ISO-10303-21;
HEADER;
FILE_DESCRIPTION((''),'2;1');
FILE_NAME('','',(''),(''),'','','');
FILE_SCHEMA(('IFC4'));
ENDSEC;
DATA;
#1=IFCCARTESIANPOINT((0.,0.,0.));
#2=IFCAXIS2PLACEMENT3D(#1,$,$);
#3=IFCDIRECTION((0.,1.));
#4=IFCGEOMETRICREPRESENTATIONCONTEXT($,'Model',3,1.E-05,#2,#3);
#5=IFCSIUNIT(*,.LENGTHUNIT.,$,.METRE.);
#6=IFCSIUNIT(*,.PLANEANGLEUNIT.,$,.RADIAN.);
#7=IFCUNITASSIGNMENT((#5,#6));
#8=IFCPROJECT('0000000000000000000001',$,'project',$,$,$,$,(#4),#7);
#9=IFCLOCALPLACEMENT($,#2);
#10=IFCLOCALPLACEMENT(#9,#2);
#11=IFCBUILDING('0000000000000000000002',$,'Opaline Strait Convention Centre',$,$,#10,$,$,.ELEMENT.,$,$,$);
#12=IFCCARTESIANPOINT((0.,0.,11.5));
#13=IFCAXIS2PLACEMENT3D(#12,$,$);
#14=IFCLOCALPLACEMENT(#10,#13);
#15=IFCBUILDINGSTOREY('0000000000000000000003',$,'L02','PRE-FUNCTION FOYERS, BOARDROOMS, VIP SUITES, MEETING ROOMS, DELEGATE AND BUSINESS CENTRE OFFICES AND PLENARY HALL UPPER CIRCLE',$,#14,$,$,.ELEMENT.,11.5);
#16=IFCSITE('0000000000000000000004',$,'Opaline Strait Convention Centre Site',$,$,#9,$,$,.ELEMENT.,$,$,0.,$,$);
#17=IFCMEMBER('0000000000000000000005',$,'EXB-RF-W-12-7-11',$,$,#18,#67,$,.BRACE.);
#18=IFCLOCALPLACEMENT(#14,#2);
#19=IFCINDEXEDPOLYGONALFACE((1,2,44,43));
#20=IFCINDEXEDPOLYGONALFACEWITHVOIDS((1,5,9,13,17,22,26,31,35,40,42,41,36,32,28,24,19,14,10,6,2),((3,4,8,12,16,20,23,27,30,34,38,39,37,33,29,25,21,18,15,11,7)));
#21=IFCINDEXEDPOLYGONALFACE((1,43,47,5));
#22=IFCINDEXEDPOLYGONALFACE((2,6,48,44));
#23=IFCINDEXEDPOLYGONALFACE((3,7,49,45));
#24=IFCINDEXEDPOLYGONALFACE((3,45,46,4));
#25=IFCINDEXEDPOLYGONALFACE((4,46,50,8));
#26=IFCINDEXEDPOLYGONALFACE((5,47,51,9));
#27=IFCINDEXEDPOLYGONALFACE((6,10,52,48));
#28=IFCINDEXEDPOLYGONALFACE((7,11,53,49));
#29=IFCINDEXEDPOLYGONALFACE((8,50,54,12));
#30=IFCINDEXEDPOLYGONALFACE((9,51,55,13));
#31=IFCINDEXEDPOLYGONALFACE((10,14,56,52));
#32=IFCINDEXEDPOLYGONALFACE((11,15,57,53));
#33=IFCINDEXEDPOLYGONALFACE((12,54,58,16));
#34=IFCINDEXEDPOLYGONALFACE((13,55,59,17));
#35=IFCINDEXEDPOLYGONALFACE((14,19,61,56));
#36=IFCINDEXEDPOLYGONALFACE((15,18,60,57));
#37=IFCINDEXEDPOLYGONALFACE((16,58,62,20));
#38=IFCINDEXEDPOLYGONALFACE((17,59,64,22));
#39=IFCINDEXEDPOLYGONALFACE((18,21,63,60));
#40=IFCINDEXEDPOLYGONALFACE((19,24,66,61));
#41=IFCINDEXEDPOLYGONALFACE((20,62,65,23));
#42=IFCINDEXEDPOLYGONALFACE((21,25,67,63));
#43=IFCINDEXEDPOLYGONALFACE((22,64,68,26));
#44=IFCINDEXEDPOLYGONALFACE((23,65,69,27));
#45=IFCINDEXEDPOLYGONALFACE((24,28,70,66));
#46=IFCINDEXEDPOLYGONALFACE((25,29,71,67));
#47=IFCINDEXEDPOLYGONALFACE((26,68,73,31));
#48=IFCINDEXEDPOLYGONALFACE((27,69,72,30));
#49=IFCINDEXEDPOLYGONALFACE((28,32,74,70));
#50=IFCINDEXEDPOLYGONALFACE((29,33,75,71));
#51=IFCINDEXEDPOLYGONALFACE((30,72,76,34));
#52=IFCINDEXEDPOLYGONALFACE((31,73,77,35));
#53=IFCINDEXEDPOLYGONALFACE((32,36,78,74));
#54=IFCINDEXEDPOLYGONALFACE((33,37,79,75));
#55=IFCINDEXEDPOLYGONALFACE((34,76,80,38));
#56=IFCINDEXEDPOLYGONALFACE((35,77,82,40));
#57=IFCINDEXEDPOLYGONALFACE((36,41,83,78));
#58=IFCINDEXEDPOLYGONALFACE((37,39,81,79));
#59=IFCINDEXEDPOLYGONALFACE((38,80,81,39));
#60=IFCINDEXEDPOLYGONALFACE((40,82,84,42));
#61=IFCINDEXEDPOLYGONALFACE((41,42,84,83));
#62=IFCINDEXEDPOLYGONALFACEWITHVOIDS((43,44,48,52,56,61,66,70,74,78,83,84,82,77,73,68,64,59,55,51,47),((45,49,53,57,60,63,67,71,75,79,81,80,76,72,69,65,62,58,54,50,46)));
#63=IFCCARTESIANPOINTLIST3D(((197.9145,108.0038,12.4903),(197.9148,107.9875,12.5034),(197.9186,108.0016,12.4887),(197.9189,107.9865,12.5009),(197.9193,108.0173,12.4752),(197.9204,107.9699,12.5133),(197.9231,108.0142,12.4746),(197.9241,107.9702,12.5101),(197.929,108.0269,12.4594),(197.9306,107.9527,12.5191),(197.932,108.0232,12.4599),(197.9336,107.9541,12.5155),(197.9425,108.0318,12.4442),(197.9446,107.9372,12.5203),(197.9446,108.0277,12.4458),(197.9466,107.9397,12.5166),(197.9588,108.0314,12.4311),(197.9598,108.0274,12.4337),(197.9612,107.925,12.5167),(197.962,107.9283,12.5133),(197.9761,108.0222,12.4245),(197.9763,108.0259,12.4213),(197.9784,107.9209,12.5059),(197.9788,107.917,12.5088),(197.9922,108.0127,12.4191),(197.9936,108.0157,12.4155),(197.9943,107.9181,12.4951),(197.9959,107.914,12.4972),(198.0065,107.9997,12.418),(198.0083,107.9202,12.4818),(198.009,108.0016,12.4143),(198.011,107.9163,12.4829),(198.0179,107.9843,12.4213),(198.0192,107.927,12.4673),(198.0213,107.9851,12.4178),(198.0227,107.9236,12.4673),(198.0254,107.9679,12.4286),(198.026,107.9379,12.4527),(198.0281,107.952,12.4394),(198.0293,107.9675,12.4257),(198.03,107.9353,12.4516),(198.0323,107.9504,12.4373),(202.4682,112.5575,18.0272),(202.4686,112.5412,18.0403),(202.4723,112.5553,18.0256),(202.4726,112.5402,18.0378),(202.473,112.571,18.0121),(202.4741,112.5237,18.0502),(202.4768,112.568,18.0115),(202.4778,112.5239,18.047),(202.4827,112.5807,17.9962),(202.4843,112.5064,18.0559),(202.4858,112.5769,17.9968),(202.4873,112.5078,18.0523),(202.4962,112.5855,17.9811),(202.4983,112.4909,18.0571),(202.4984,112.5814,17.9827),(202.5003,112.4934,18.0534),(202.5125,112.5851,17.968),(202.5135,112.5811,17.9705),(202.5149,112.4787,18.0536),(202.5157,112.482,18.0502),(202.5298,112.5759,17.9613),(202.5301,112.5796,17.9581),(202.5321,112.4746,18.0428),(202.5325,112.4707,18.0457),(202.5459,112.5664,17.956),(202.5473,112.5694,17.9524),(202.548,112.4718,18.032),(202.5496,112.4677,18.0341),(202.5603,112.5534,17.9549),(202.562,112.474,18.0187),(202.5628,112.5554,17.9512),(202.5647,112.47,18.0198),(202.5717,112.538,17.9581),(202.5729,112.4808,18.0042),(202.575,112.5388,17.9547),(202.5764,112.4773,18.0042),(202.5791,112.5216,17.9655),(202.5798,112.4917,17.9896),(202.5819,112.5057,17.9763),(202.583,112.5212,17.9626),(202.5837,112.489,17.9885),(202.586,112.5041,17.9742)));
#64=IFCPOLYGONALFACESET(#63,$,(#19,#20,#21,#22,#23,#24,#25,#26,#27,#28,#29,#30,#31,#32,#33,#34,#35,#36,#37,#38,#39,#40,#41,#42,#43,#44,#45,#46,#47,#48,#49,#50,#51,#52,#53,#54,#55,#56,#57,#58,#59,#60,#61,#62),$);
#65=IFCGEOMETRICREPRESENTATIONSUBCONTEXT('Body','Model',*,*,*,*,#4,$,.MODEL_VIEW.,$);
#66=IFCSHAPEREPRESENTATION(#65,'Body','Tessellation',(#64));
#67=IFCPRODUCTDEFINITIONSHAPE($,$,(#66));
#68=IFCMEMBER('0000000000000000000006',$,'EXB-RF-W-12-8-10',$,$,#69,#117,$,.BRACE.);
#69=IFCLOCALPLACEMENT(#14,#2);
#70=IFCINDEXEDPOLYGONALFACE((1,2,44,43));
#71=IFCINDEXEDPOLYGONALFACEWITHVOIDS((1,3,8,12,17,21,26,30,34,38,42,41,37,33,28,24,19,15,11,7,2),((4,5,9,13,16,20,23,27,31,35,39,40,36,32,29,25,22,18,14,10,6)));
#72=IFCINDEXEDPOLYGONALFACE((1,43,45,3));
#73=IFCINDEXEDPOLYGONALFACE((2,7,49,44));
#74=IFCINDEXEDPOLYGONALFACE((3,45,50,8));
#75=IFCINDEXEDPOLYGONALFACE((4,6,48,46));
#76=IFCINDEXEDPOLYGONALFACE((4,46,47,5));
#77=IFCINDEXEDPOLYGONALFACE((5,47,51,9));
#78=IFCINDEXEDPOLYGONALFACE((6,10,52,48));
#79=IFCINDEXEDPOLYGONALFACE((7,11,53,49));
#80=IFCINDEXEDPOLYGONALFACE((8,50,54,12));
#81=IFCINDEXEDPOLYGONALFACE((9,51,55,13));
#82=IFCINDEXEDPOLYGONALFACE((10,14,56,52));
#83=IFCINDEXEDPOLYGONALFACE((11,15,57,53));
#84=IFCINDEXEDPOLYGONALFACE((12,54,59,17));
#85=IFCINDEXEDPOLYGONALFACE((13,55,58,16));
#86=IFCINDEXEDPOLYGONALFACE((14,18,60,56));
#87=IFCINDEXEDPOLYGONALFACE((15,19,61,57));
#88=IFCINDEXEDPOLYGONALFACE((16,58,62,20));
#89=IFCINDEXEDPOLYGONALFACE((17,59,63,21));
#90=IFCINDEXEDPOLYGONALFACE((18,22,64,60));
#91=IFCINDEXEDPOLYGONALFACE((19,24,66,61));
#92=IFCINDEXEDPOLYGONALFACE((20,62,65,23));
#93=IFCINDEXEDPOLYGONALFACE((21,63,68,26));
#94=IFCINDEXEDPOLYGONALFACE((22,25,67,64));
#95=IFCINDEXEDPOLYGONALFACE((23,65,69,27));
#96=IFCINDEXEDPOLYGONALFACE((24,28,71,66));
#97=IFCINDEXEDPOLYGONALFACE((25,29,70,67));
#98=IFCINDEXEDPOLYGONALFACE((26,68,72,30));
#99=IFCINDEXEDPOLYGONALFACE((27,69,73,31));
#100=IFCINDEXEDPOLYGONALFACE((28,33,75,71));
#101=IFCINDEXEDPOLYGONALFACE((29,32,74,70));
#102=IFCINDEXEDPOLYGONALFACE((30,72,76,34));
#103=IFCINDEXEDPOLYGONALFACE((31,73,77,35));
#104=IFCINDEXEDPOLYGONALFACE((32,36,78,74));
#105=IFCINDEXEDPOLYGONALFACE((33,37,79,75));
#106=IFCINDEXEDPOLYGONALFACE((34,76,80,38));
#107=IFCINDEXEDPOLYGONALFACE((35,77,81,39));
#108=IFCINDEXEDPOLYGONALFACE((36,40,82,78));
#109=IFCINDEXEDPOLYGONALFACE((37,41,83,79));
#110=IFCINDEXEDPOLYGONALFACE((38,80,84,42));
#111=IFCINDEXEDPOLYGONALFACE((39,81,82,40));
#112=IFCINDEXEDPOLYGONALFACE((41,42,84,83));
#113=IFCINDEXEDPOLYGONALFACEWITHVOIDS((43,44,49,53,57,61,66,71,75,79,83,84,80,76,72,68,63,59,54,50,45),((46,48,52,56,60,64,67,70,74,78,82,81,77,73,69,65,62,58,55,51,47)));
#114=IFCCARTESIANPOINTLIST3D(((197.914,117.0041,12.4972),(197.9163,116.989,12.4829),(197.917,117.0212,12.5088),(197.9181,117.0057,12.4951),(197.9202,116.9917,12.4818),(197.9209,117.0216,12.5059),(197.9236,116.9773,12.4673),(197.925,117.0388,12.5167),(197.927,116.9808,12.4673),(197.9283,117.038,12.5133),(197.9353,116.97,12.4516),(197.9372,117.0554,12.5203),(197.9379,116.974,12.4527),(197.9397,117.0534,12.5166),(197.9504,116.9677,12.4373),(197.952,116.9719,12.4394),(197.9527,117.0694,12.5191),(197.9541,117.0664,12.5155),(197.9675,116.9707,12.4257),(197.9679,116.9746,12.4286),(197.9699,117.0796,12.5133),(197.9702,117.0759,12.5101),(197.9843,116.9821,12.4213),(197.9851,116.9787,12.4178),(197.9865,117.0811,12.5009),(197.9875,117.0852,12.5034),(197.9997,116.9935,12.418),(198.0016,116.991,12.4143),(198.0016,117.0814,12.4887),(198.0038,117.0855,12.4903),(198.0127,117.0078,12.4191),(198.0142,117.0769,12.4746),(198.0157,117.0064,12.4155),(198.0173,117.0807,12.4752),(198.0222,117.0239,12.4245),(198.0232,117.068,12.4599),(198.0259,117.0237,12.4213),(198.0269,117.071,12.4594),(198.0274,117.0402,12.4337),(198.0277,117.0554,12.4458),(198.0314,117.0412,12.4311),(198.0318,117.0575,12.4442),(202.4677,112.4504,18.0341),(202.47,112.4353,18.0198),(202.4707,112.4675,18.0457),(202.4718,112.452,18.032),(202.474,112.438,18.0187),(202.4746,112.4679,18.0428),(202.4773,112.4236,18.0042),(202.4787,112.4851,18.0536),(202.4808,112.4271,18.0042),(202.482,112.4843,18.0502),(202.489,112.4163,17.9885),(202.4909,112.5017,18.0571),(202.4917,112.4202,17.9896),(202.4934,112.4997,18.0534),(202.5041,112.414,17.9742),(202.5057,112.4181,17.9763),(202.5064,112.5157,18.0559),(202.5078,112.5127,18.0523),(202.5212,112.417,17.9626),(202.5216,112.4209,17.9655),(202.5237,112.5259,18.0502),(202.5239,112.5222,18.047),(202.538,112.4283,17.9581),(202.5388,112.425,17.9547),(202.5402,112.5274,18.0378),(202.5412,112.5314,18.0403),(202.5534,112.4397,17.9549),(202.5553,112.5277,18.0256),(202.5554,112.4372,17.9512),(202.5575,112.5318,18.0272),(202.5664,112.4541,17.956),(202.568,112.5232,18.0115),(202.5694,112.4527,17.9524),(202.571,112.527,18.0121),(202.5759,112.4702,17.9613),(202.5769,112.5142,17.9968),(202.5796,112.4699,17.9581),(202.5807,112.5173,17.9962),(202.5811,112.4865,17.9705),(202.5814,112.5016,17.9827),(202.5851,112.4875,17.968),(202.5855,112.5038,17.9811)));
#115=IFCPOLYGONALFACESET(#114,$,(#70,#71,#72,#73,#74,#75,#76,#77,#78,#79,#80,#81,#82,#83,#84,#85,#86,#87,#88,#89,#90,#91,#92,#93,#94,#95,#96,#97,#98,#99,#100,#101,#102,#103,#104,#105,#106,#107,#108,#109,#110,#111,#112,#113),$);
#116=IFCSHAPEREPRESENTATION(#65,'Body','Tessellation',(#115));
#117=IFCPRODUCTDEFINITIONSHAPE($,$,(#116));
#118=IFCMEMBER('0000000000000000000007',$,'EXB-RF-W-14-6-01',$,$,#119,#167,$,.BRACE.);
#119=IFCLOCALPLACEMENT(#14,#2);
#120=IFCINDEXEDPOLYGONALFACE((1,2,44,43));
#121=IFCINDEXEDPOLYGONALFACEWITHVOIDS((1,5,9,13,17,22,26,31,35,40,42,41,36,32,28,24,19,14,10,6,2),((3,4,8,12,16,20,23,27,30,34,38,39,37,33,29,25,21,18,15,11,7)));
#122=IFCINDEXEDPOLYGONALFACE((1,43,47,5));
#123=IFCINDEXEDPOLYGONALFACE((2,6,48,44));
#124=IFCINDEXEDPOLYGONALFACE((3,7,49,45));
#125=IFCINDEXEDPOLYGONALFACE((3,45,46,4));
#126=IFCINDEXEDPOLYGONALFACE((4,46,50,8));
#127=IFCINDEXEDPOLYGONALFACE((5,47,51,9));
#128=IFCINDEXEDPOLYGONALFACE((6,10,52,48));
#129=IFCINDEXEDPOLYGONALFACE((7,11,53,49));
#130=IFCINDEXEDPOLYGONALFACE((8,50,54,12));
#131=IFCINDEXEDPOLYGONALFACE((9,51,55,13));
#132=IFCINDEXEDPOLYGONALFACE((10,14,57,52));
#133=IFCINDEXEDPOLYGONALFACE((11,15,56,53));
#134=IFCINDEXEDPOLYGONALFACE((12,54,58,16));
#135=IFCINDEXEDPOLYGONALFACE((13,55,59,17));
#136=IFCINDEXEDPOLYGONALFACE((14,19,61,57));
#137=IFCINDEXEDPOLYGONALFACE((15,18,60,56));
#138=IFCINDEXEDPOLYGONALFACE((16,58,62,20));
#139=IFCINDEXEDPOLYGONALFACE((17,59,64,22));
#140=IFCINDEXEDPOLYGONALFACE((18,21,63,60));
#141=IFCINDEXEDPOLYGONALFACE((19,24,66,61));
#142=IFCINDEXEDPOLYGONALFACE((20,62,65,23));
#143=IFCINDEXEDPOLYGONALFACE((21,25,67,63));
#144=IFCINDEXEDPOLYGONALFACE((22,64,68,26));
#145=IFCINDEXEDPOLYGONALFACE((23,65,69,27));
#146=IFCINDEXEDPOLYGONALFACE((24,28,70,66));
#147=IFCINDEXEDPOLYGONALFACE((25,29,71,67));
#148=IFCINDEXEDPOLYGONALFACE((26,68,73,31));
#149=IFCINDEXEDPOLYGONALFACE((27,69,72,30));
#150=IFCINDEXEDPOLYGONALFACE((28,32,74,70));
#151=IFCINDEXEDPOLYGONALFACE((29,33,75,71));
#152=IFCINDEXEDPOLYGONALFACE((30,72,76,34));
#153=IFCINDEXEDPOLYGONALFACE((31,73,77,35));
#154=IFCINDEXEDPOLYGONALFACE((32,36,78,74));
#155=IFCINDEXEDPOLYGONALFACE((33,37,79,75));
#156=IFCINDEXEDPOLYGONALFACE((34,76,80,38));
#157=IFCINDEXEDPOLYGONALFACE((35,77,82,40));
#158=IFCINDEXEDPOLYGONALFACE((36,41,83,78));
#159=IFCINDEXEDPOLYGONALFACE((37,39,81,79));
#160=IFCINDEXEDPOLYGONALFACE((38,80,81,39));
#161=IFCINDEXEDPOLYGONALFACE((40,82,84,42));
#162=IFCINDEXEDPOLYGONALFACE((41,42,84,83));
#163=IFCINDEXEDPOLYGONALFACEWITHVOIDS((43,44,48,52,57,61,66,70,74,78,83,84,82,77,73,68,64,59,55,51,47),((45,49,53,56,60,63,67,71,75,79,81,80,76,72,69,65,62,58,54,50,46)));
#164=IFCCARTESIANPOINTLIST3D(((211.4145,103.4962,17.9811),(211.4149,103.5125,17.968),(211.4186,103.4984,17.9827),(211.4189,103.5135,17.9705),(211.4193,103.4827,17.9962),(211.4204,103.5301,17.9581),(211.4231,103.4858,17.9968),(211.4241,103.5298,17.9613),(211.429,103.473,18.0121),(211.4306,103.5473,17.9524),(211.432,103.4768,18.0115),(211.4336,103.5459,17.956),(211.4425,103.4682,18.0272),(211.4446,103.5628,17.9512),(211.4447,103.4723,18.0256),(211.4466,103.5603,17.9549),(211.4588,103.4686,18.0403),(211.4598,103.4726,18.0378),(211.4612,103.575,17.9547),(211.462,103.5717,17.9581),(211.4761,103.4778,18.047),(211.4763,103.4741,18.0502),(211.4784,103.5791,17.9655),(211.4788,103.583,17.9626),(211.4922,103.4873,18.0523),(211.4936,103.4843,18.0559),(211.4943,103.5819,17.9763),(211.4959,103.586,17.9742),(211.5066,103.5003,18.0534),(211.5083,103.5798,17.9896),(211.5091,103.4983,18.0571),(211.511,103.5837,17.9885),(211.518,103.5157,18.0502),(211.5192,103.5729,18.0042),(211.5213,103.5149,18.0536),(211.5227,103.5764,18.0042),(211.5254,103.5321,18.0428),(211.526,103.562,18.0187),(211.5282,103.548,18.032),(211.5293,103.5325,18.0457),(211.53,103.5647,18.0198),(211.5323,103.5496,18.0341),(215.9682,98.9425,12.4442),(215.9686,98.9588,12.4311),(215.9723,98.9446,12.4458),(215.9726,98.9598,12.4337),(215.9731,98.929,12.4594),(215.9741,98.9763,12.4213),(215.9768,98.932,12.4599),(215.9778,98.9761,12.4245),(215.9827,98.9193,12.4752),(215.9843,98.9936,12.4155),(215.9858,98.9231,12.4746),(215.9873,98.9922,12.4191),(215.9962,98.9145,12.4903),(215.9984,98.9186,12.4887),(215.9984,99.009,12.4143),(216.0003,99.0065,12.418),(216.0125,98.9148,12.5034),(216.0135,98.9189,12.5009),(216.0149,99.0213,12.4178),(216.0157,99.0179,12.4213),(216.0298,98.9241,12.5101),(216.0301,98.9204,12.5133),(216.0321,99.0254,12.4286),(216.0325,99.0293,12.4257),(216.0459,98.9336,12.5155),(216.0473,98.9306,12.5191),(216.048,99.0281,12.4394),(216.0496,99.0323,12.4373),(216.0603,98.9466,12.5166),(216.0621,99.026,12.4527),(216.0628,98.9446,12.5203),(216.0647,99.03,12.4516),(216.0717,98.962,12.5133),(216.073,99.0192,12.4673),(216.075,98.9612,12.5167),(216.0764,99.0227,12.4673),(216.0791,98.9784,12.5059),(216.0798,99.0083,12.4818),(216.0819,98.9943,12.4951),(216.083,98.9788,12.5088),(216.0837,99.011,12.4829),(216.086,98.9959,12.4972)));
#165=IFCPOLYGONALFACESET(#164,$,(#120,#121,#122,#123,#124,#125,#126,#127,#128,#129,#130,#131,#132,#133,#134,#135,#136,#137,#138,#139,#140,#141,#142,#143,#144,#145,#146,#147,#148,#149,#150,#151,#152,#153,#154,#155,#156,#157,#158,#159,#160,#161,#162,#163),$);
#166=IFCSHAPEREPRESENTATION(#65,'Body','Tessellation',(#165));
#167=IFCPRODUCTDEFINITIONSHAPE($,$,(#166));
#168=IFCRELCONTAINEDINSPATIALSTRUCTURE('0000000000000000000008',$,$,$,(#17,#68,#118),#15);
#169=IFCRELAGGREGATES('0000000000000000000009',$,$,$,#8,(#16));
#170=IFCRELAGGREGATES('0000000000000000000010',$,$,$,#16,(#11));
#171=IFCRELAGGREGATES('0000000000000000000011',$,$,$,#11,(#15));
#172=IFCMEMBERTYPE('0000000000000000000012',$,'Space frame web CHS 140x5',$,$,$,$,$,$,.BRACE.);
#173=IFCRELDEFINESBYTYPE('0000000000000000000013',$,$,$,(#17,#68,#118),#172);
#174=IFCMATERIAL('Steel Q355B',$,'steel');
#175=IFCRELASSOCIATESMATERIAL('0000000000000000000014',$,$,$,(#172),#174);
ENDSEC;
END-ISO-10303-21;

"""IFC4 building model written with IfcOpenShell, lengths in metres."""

from ifc_helpers import new_model, si_unit, direction, frame, origin, origin_2d, place, context, subcontext, project, spatial, hollow_circle, extrude, material, material_profile, profile_set, type_object, element, save


model = new_model("IFC4")

# Units and contexts
model_context = context("Model", 3, precision=1e-05, world=origin(), true_north=direction((0.0, 1.0)))
body_context = subcontext(model_context, "Body", "Model", "MODEL_VIEW")
ifc_project = project(units=[si_unit("LENGTHUNIT", "METRE"), si_unit("PLANEANGLEUNIT", "RADIAN")], contexts=[model_context])

# Site, building, storey
site_placement = place(None, origin())
site = spatial("IfcSite", under=ifc_project, at=site_placement, Name="Opaline Strait Convention Centre Site", CompositionType="ELEMENT", RefElevation=0.0)
building_placement = place(site_placement, origin())
building = spatial("IfcBuilding", under=site, at=building_placement, Name="Opaline Strait Convention Centre", CompositionType="ELEMENT")
storey_placement = place(building_placement, frame((0.0, 0.0, 11.5)))
storey = spatial("IfcBuildingStorey", under=building, at=storey_placement, Name="L02", Description="PRE-FUNCTION FOYERS, BOARDROOMS, VIP SUITES, MEETING ROOMS, DELEGATE AND BUSINESS CENTRE OFFICES AND PLENARY HALL UPPER CIRCLE", CompositionType="ELEMENT", Elevation=11.5)

# Members
ifc_material_1 = material(Name="Steel Q355B", Category="steel")
ifc_material_profile_1 = material_profile(ifc_material_1, hollow_circle(Radius=0.0701, WallThickness=0.0049, at=origin_2d()), Name="CHS 140x5")
ifc_profile_set_1 = profile_set([ifc_material_profile_1], Name="Steel Q355B")
member_type_1 = type_object("IfcMemberType", Name="Space frame web CHS 140x5", PredefinedType="BRACE", material=ifc_profile_set_1)
for number, where, z_axis, x_axis, name in (
    (1, (202.5269, 112.5269, 18.0042), (-0.536178, -0.536178, -0.65194), (0.707107, -0.707107, 0.0), "EXB-RF-W-12-7-11"),
    (2, (202.5269, 112.4731, 18.0042), (-0.536178, 0.536178, -0.65194), (-0.707107, -0.707107, 0.0), "EXB-RF-W-12-8-10"),
    (3, (211.4731, 103.5269, 18.0042), (0.536178, -0.536178, -0.65194), (0.707107, 0.707107, 0.0), "EXB-RF-W-14-6-01"),
):
    element("IfcMember", number, at=place(storey_placement, frame(where, z_axis=z_axis, x_axis=x_axis)), inside=storey, type_object=member_type_1, Name=name, PredefinedType="BRACE", context=body_context, shape_type="SweptSolid", body=[
        extrude(hollow_circle(Radius=0.0701, WallThickness=0.0049, at=origin_2d()), origin(), (0.0, 0.0, 1.0), 8.4929),
    ])

save(model, "model.ifc")
